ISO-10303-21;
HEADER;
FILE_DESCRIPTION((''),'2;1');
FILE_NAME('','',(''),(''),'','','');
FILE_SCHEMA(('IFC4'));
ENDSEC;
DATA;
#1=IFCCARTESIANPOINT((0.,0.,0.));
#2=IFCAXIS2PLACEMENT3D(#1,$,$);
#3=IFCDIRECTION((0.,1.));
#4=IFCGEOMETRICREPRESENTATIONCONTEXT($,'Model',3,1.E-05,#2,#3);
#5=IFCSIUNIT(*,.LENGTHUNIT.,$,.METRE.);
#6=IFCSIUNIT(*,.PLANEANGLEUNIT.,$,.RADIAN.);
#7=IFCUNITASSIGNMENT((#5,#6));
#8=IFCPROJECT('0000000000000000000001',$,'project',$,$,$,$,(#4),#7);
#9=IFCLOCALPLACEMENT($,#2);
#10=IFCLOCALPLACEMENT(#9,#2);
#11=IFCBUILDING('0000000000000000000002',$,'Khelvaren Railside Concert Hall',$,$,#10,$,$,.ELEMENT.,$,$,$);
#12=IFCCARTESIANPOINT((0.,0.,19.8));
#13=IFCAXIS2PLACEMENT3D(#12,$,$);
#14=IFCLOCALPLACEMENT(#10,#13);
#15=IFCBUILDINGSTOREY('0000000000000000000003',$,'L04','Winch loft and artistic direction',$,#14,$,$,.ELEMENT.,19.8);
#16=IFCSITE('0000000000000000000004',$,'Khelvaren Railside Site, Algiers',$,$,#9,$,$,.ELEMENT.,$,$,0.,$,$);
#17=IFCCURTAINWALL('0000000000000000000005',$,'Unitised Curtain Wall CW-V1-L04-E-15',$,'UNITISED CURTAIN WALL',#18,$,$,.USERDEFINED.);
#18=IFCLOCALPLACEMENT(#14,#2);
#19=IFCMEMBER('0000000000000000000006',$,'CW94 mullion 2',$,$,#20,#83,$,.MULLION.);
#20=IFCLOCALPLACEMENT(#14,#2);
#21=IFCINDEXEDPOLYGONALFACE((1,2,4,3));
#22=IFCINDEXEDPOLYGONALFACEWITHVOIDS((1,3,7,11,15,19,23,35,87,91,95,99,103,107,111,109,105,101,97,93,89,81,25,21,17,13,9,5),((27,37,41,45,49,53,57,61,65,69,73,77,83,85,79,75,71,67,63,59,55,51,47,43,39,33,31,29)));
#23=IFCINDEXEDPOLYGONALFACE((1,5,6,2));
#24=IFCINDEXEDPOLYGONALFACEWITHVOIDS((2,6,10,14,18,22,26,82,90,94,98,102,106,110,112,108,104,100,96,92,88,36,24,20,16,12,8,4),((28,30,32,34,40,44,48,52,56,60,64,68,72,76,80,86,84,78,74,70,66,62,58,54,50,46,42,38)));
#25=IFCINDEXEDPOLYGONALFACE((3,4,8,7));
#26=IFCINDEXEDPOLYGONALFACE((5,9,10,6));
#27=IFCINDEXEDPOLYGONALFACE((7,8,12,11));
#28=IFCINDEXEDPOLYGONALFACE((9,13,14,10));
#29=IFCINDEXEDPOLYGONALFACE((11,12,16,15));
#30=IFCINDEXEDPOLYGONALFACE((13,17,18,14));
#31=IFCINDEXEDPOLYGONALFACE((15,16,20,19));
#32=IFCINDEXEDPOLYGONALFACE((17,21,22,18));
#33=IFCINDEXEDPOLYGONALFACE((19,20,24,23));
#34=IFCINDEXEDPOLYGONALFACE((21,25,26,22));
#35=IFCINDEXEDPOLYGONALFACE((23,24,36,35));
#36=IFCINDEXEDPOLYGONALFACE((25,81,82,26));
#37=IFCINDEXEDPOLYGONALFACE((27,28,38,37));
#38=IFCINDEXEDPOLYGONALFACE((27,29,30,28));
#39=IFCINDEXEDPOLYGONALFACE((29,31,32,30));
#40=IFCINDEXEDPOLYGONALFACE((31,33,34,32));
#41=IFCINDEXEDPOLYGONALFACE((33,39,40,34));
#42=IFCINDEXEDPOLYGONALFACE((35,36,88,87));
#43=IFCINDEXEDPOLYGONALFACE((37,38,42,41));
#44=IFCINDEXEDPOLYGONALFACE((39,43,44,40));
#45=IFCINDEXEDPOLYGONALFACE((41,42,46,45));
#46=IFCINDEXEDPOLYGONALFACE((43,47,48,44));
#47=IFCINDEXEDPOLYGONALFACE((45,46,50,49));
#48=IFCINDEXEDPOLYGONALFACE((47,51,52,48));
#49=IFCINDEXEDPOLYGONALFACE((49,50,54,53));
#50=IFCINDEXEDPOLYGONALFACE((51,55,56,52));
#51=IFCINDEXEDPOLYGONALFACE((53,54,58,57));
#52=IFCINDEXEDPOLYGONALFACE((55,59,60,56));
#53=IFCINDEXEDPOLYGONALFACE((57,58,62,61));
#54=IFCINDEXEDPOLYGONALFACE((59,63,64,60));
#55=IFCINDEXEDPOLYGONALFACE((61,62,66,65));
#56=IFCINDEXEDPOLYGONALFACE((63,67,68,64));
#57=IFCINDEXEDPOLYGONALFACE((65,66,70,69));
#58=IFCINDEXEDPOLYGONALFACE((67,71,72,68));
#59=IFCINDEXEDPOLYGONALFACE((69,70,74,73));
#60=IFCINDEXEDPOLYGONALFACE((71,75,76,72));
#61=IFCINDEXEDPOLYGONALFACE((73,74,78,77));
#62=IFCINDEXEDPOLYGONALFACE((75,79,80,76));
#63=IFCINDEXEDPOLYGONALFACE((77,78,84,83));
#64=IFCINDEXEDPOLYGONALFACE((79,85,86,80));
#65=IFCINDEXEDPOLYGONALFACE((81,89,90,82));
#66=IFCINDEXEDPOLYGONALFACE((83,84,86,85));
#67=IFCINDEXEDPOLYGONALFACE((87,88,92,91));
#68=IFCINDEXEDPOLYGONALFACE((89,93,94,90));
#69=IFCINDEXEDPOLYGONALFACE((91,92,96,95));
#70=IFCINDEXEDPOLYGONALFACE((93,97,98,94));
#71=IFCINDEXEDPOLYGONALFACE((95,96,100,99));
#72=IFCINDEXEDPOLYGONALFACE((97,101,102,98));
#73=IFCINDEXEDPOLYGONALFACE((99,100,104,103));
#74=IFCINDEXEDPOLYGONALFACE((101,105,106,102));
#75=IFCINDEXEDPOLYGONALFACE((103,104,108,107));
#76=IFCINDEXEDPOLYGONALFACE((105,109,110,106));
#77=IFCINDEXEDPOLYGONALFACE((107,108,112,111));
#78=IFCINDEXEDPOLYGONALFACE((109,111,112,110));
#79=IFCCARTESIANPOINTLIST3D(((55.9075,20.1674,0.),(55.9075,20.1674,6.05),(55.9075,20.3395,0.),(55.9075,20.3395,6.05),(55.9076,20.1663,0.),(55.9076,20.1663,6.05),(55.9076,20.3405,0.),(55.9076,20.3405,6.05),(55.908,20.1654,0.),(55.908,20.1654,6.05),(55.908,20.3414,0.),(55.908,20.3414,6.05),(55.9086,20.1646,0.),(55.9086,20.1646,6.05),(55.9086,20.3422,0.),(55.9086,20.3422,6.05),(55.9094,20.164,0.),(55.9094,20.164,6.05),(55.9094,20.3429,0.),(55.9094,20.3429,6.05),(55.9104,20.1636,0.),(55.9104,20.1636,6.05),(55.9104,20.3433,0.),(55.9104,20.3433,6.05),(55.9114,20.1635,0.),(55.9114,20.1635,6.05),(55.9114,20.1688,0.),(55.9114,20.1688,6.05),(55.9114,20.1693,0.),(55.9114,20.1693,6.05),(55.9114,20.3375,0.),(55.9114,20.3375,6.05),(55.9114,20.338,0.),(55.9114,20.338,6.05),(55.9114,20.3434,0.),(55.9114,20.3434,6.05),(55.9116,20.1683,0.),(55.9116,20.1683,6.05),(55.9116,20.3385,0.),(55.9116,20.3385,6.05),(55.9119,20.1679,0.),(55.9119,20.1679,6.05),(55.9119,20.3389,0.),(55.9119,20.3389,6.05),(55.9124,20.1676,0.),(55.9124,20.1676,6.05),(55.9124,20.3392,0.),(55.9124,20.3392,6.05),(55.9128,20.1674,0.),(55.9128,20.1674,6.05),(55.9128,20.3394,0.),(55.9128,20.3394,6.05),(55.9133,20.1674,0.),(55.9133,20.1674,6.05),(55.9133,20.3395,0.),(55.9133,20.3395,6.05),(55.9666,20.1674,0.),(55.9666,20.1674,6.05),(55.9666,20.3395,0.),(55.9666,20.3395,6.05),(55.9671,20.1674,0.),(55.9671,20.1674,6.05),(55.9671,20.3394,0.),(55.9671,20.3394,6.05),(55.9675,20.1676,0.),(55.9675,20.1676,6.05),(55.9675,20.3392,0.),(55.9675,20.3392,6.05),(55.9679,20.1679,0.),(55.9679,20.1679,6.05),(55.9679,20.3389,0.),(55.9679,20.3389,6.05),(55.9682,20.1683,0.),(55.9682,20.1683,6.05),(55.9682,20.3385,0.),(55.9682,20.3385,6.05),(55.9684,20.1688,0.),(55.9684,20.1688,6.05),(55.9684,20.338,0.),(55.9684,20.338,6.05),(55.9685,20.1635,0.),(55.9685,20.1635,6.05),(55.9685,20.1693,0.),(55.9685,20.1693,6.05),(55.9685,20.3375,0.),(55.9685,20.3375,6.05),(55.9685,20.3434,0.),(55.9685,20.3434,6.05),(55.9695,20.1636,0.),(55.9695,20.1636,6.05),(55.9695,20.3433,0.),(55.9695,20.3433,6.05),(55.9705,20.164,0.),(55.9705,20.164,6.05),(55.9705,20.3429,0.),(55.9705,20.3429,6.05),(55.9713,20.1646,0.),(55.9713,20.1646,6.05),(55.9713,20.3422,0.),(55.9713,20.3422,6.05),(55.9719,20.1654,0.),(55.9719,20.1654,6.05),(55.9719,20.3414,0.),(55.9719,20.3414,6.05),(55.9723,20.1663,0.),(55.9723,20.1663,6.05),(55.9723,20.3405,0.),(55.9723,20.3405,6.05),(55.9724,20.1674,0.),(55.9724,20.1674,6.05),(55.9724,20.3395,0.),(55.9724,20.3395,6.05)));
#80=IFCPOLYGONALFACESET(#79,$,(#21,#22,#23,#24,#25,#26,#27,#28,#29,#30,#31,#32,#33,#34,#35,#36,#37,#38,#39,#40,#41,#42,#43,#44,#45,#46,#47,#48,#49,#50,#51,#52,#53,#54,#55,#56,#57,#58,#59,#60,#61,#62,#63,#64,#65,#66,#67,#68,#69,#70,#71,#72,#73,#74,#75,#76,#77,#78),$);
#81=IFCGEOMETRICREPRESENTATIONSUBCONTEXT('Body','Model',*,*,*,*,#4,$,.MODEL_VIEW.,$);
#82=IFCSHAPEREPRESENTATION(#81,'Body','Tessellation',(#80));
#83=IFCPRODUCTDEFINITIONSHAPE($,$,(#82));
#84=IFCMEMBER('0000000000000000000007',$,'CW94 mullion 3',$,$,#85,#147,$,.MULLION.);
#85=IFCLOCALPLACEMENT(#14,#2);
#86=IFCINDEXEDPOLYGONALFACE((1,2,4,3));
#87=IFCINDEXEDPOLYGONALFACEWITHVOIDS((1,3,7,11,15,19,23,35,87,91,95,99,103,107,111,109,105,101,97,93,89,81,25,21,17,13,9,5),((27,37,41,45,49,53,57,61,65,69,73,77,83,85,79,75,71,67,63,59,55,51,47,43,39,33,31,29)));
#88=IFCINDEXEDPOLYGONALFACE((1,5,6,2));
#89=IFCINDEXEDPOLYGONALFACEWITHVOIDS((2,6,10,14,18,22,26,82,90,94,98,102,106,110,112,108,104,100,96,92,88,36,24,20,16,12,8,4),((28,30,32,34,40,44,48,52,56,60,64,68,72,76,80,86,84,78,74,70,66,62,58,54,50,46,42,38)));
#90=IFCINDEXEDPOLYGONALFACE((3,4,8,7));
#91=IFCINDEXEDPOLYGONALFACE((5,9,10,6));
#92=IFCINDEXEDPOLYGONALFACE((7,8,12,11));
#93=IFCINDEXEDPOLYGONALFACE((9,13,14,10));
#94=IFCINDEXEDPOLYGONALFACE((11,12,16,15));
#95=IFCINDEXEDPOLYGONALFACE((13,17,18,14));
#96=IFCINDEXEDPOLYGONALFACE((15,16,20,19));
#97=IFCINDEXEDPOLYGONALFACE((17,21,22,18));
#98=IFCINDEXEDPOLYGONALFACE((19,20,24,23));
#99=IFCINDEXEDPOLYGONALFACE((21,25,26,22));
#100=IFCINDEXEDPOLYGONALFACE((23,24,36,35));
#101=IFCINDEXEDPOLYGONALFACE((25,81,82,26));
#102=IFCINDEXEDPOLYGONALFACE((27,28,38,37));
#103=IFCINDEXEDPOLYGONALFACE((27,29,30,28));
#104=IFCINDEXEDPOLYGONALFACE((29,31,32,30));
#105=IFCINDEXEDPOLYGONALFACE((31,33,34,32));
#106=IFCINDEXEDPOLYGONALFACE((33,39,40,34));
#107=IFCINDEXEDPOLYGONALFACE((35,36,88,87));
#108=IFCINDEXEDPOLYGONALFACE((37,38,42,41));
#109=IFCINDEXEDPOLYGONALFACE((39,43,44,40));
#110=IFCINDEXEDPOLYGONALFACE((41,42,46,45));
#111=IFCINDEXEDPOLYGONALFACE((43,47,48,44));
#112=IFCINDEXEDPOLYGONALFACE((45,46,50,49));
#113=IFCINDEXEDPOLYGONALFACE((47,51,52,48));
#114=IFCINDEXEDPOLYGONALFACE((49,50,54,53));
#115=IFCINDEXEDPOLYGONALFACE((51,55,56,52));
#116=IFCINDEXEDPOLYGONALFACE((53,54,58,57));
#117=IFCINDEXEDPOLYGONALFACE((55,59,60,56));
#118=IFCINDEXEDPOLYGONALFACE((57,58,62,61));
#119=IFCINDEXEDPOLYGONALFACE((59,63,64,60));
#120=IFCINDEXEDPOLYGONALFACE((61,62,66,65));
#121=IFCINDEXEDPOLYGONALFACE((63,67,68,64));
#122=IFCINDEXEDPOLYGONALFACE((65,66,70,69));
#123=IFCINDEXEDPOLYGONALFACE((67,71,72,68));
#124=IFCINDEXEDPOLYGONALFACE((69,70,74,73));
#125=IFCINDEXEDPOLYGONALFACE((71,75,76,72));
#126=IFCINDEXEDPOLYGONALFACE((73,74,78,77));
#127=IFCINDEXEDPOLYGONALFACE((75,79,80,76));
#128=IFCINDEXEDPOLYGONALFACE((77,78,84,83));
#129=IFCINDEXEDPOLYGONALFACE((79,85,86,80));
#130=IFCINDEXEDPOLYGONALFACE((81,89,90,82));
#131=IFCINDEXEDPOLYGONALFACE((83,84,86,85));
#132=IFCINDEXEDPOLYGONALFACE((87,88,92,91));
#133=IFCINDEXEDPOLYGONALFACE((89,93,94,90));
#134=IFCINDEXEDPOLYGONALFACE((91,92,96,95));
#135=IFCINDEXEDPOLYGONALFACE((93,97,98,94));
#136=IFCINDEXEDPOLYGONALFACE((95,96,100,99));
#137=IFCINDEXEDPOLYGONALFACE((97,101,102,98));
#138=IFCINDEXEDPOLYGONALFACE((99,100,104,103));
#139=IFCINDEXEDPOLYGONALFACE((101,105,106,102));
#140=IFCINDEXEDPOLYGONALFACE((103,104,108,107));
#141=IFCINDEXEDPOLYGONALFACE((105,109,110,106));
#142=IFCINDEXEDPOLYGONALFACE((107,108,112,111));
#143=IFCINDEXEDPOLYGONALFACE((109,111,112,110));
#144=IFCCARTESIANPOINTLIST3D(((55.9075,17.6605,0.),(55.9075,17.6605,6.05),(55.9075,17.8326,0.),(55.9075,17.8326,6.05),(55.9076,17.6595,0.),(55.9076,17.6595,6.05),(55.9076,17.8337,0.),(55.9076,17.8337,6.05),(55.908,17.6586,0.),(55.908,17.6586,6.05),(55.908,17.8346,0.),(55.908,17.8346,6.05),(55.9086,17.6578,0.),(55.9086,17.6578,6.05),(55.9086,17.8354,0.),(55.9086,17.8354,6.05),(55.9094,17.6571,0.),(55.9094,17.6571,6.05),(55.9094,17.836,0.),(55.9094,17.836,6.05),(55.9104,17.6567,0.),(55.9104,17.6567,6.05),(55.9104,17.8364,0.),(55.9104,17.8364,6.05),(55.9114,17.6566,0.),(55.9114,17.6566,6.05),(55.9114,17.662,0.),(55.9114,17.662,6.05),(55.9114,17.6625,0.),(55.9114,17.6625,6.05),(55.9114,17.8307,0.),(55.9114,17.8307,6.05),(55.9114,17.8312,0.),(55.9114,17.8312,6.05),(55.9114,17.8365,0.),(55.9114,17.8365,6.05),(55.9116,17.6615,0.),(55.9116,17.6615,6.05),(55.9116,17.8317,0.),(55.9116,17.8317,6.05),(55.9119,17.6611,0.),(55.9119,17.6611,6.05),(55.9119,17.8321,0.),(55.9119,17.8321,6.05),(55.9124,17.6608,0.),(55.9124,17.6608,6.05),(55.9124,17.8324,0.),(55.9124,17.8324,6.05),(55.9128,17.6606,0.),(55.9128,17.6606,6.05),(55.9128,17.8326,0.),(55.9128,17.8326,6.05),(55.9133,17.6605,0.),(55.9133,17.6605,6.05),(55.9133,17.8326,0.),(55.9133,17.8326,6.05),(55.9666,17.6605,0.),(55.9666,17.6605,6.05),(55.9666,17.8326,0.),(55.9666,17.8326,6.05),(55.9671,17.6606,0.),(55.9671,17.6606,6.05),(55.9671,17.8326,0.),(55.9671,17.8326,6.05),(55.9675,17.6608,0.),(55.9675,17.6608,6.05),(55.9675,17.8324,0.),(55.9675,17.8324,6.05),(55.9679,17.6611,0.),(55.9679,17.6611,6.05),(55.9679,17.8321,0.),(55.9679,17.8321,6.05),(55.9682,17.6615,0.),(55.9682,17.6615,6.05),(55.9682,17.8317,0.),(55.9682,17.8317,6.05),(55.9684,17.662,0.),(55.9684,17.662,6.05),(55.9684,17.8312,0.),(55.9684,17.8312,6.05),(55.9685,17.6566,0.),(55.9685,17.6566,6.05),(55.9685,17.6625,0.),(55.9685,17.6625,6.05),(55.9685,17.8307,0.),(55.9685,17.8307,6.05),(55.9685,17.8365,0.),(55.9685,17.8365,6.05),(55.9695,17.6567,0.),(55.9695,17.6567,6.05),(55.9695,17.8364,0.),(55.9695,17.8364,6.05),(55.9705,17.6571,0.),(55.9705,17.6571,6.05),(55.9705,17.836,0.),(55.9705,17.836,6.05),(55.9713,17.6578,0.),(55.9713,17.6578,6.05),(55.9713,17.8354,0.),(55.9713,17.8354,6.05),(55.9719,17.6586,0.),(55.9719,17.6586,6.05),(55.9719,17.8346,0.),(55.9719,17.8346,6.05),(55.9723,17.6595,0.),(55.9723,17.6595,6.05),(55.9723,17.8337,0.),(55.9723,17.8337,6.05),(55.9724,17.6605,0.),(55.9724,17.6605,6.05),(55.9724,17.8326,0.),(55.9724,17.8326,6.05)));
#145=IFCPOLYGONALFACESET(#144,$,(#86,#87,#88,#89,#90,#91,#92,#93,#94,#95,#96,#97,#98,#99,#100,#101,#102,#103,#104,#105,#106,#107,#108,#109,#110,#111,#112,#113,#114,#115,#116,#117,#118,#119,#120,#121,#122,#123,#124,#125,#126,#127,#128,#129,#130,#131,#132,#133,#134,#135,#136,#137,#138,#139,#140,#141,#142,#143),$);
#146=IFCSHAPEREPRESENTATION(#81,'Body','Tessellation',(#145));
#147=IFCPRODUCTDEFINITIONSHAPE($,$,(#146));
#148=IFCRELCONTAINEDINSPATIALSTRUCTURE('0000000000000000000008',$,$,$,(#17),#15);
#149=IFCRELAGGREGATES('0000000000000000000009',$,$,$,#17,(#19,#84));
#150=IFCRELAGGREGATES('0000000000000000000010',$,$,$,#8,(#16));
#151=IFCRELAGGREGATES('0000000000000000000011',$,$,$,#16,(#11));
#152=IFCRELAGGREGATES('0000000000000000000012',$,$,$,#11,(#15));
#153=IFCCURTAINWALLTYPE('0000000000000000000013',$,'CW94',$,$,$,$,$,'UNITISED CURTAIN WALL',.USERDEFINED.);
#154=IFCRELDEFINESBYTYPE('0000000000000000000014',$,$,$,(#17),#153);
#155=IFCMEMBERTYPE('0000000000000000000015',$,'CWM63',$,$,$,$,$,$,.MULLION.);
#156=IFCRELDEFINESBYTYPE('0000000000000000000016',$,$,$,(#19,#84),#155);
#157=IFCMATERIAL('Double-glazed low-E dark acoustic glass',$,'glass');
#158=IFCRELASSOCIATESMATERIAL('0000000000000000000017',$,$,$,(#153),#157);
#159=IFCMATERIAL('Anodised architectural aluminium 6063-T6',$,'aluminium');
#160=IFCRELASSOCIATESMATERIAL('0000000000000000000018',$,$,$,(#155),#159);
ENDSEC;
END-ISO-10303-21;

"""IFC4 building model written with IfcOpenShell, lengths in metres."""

from ifc_helpers import new_model, si_unit, direction, frame, origin, origin_2d, place, context, subcontext, project, spatial, hollow_rectangle, extrude, material, material_profile, profile_set, type_object, element, aggregate, save


model = new_model("IFC4")

# Units and contexts
model_context = context("Model", 3, precision=1e-05, world=origin(), true_north=direction((0.0, 1.0)))
body_context = subcontext(model_context, "Body", "Model", "MODEL_VIEW")
ifc_project = project(units=[si_unit("LENGTHUNIT", "METRE"), si_unit("PLANEANGLEUNIT", "RADIAN")], contexts=[model_context])

# Site, building, storey
site_placement = place(None, origin())
site = spatial("IfcSite", under=ifc_project, at=site_placement, Name="Khelvaren Railside Site, Algiers", CompositionType="ELEMENT", RefElevation=0.0)
building_placement = place(site_placement, origin())
building = spatial("IfcBuilding", under=site, at=building_placement, Name="Khelvaren Railside Concert Hall", CompositionType="ELEMENT")
storey_placement = place(building_placement, frame((0.0, 0.0, 19.8)))
storey = spatial("IfcBuildingStorey", under=building, at=storey_placement, Name="L04", Description="Winch loft and artistic direction", CompositionType="ELEMENT", Elevation=19.8)

# Curtain wall, members
ifc_material_1 = material(Name="Anodised architectural aluminium 6063-T6", Category="aluminium")
ifc_material_2 = material(Name="Double-glazed low-E dark acoustic glass", Category="glass")
curtain_wall_type_1 = type_object("IfcCurtainWallType", Name="CW94", ElementType="UNITISED CURTAIN WALL", PredefinedType="USERDEFINED", material=ifc_material_2)
curtain_wall_1_placement = place(storey_placement, origin())
curtain_wall_1 = element("IfcCurtainWall", 1, at=curtain_wall_1_placement, inside=storey, type_object=curtain_wall_type_1, Name="Unitised Curtain Wall CW-V1-L04-E-15", ObjectType="UNITISED CURTAIN WALL", PredefinedType="USERDEFINED")
ifc_material_profile_1 = material_profile(ifc_material_1, hollow_rectangle(XDim=0.0649, YDim=0.1799, WallThickness=0.0039, InnerFilletRadius=0.002, OuterFilletRadius=0.0039, at=origin_2d()), Name="CWM 65x180x4")
ifc_profile_set_1 = profile_set([ifc_material_profile_1], Name="Anodised architectural aluminium 6063-T6")
member_type_1 = type_object("IfcMemberType", Name="CWM63", PredefinedType="MULLION", material=ifc_profile_set_1)
member_1_placement = place(storey_placement, frame((55.9399, 20.2534, 0.0), z_axis=(0.0, 0.0, 1.0), x_axis=(1.0, 0.0, 0.0)))
member_1 = element("IfcMember", 2, at=member_1_placement, type_object=member_type_1, Name="CW94 mullion 2", PredefinedType="MULLION", context=body_context, shape_type="SweptSolid", body=[
    extrude(hollow_rectangle(XDim=0.0649, YDim=0.1799, WallThickness=0.0039, InnerFilletRadius=0.002, OuterFilletRadius=0.0039, at=origin_2d()), origin(), (0.0, 0.0, 1.0), 6.05),
])
member_2_placement = place(storey_placement, frame((55.9399, 17.7466, 0.0), z_axis=(0.0, 0.0, 1.0), x_axis=(1.0, 0.0, 0.0)))
member_2 = element("IfcMember", 3, at=member_2_placement, type_object=member_type_1, Name="CW94 mullion 3", PredefinedType="MULLION", context=body_context, shape_type="SweptSolid", body=[
    extrude(hollow_rectangle(XDim=0.0649, YDim=0.1799, WallThickness=0.0039, InnerFilletRadius=0.002, OuterFilletRadius=0.0039, at=origin_2d()), origin(), (0.0, 0.0, 1.0), 6.05),
])

aggregate(curtain_wall_1, [member_1, member_2])

save(model, "model.ifc")
